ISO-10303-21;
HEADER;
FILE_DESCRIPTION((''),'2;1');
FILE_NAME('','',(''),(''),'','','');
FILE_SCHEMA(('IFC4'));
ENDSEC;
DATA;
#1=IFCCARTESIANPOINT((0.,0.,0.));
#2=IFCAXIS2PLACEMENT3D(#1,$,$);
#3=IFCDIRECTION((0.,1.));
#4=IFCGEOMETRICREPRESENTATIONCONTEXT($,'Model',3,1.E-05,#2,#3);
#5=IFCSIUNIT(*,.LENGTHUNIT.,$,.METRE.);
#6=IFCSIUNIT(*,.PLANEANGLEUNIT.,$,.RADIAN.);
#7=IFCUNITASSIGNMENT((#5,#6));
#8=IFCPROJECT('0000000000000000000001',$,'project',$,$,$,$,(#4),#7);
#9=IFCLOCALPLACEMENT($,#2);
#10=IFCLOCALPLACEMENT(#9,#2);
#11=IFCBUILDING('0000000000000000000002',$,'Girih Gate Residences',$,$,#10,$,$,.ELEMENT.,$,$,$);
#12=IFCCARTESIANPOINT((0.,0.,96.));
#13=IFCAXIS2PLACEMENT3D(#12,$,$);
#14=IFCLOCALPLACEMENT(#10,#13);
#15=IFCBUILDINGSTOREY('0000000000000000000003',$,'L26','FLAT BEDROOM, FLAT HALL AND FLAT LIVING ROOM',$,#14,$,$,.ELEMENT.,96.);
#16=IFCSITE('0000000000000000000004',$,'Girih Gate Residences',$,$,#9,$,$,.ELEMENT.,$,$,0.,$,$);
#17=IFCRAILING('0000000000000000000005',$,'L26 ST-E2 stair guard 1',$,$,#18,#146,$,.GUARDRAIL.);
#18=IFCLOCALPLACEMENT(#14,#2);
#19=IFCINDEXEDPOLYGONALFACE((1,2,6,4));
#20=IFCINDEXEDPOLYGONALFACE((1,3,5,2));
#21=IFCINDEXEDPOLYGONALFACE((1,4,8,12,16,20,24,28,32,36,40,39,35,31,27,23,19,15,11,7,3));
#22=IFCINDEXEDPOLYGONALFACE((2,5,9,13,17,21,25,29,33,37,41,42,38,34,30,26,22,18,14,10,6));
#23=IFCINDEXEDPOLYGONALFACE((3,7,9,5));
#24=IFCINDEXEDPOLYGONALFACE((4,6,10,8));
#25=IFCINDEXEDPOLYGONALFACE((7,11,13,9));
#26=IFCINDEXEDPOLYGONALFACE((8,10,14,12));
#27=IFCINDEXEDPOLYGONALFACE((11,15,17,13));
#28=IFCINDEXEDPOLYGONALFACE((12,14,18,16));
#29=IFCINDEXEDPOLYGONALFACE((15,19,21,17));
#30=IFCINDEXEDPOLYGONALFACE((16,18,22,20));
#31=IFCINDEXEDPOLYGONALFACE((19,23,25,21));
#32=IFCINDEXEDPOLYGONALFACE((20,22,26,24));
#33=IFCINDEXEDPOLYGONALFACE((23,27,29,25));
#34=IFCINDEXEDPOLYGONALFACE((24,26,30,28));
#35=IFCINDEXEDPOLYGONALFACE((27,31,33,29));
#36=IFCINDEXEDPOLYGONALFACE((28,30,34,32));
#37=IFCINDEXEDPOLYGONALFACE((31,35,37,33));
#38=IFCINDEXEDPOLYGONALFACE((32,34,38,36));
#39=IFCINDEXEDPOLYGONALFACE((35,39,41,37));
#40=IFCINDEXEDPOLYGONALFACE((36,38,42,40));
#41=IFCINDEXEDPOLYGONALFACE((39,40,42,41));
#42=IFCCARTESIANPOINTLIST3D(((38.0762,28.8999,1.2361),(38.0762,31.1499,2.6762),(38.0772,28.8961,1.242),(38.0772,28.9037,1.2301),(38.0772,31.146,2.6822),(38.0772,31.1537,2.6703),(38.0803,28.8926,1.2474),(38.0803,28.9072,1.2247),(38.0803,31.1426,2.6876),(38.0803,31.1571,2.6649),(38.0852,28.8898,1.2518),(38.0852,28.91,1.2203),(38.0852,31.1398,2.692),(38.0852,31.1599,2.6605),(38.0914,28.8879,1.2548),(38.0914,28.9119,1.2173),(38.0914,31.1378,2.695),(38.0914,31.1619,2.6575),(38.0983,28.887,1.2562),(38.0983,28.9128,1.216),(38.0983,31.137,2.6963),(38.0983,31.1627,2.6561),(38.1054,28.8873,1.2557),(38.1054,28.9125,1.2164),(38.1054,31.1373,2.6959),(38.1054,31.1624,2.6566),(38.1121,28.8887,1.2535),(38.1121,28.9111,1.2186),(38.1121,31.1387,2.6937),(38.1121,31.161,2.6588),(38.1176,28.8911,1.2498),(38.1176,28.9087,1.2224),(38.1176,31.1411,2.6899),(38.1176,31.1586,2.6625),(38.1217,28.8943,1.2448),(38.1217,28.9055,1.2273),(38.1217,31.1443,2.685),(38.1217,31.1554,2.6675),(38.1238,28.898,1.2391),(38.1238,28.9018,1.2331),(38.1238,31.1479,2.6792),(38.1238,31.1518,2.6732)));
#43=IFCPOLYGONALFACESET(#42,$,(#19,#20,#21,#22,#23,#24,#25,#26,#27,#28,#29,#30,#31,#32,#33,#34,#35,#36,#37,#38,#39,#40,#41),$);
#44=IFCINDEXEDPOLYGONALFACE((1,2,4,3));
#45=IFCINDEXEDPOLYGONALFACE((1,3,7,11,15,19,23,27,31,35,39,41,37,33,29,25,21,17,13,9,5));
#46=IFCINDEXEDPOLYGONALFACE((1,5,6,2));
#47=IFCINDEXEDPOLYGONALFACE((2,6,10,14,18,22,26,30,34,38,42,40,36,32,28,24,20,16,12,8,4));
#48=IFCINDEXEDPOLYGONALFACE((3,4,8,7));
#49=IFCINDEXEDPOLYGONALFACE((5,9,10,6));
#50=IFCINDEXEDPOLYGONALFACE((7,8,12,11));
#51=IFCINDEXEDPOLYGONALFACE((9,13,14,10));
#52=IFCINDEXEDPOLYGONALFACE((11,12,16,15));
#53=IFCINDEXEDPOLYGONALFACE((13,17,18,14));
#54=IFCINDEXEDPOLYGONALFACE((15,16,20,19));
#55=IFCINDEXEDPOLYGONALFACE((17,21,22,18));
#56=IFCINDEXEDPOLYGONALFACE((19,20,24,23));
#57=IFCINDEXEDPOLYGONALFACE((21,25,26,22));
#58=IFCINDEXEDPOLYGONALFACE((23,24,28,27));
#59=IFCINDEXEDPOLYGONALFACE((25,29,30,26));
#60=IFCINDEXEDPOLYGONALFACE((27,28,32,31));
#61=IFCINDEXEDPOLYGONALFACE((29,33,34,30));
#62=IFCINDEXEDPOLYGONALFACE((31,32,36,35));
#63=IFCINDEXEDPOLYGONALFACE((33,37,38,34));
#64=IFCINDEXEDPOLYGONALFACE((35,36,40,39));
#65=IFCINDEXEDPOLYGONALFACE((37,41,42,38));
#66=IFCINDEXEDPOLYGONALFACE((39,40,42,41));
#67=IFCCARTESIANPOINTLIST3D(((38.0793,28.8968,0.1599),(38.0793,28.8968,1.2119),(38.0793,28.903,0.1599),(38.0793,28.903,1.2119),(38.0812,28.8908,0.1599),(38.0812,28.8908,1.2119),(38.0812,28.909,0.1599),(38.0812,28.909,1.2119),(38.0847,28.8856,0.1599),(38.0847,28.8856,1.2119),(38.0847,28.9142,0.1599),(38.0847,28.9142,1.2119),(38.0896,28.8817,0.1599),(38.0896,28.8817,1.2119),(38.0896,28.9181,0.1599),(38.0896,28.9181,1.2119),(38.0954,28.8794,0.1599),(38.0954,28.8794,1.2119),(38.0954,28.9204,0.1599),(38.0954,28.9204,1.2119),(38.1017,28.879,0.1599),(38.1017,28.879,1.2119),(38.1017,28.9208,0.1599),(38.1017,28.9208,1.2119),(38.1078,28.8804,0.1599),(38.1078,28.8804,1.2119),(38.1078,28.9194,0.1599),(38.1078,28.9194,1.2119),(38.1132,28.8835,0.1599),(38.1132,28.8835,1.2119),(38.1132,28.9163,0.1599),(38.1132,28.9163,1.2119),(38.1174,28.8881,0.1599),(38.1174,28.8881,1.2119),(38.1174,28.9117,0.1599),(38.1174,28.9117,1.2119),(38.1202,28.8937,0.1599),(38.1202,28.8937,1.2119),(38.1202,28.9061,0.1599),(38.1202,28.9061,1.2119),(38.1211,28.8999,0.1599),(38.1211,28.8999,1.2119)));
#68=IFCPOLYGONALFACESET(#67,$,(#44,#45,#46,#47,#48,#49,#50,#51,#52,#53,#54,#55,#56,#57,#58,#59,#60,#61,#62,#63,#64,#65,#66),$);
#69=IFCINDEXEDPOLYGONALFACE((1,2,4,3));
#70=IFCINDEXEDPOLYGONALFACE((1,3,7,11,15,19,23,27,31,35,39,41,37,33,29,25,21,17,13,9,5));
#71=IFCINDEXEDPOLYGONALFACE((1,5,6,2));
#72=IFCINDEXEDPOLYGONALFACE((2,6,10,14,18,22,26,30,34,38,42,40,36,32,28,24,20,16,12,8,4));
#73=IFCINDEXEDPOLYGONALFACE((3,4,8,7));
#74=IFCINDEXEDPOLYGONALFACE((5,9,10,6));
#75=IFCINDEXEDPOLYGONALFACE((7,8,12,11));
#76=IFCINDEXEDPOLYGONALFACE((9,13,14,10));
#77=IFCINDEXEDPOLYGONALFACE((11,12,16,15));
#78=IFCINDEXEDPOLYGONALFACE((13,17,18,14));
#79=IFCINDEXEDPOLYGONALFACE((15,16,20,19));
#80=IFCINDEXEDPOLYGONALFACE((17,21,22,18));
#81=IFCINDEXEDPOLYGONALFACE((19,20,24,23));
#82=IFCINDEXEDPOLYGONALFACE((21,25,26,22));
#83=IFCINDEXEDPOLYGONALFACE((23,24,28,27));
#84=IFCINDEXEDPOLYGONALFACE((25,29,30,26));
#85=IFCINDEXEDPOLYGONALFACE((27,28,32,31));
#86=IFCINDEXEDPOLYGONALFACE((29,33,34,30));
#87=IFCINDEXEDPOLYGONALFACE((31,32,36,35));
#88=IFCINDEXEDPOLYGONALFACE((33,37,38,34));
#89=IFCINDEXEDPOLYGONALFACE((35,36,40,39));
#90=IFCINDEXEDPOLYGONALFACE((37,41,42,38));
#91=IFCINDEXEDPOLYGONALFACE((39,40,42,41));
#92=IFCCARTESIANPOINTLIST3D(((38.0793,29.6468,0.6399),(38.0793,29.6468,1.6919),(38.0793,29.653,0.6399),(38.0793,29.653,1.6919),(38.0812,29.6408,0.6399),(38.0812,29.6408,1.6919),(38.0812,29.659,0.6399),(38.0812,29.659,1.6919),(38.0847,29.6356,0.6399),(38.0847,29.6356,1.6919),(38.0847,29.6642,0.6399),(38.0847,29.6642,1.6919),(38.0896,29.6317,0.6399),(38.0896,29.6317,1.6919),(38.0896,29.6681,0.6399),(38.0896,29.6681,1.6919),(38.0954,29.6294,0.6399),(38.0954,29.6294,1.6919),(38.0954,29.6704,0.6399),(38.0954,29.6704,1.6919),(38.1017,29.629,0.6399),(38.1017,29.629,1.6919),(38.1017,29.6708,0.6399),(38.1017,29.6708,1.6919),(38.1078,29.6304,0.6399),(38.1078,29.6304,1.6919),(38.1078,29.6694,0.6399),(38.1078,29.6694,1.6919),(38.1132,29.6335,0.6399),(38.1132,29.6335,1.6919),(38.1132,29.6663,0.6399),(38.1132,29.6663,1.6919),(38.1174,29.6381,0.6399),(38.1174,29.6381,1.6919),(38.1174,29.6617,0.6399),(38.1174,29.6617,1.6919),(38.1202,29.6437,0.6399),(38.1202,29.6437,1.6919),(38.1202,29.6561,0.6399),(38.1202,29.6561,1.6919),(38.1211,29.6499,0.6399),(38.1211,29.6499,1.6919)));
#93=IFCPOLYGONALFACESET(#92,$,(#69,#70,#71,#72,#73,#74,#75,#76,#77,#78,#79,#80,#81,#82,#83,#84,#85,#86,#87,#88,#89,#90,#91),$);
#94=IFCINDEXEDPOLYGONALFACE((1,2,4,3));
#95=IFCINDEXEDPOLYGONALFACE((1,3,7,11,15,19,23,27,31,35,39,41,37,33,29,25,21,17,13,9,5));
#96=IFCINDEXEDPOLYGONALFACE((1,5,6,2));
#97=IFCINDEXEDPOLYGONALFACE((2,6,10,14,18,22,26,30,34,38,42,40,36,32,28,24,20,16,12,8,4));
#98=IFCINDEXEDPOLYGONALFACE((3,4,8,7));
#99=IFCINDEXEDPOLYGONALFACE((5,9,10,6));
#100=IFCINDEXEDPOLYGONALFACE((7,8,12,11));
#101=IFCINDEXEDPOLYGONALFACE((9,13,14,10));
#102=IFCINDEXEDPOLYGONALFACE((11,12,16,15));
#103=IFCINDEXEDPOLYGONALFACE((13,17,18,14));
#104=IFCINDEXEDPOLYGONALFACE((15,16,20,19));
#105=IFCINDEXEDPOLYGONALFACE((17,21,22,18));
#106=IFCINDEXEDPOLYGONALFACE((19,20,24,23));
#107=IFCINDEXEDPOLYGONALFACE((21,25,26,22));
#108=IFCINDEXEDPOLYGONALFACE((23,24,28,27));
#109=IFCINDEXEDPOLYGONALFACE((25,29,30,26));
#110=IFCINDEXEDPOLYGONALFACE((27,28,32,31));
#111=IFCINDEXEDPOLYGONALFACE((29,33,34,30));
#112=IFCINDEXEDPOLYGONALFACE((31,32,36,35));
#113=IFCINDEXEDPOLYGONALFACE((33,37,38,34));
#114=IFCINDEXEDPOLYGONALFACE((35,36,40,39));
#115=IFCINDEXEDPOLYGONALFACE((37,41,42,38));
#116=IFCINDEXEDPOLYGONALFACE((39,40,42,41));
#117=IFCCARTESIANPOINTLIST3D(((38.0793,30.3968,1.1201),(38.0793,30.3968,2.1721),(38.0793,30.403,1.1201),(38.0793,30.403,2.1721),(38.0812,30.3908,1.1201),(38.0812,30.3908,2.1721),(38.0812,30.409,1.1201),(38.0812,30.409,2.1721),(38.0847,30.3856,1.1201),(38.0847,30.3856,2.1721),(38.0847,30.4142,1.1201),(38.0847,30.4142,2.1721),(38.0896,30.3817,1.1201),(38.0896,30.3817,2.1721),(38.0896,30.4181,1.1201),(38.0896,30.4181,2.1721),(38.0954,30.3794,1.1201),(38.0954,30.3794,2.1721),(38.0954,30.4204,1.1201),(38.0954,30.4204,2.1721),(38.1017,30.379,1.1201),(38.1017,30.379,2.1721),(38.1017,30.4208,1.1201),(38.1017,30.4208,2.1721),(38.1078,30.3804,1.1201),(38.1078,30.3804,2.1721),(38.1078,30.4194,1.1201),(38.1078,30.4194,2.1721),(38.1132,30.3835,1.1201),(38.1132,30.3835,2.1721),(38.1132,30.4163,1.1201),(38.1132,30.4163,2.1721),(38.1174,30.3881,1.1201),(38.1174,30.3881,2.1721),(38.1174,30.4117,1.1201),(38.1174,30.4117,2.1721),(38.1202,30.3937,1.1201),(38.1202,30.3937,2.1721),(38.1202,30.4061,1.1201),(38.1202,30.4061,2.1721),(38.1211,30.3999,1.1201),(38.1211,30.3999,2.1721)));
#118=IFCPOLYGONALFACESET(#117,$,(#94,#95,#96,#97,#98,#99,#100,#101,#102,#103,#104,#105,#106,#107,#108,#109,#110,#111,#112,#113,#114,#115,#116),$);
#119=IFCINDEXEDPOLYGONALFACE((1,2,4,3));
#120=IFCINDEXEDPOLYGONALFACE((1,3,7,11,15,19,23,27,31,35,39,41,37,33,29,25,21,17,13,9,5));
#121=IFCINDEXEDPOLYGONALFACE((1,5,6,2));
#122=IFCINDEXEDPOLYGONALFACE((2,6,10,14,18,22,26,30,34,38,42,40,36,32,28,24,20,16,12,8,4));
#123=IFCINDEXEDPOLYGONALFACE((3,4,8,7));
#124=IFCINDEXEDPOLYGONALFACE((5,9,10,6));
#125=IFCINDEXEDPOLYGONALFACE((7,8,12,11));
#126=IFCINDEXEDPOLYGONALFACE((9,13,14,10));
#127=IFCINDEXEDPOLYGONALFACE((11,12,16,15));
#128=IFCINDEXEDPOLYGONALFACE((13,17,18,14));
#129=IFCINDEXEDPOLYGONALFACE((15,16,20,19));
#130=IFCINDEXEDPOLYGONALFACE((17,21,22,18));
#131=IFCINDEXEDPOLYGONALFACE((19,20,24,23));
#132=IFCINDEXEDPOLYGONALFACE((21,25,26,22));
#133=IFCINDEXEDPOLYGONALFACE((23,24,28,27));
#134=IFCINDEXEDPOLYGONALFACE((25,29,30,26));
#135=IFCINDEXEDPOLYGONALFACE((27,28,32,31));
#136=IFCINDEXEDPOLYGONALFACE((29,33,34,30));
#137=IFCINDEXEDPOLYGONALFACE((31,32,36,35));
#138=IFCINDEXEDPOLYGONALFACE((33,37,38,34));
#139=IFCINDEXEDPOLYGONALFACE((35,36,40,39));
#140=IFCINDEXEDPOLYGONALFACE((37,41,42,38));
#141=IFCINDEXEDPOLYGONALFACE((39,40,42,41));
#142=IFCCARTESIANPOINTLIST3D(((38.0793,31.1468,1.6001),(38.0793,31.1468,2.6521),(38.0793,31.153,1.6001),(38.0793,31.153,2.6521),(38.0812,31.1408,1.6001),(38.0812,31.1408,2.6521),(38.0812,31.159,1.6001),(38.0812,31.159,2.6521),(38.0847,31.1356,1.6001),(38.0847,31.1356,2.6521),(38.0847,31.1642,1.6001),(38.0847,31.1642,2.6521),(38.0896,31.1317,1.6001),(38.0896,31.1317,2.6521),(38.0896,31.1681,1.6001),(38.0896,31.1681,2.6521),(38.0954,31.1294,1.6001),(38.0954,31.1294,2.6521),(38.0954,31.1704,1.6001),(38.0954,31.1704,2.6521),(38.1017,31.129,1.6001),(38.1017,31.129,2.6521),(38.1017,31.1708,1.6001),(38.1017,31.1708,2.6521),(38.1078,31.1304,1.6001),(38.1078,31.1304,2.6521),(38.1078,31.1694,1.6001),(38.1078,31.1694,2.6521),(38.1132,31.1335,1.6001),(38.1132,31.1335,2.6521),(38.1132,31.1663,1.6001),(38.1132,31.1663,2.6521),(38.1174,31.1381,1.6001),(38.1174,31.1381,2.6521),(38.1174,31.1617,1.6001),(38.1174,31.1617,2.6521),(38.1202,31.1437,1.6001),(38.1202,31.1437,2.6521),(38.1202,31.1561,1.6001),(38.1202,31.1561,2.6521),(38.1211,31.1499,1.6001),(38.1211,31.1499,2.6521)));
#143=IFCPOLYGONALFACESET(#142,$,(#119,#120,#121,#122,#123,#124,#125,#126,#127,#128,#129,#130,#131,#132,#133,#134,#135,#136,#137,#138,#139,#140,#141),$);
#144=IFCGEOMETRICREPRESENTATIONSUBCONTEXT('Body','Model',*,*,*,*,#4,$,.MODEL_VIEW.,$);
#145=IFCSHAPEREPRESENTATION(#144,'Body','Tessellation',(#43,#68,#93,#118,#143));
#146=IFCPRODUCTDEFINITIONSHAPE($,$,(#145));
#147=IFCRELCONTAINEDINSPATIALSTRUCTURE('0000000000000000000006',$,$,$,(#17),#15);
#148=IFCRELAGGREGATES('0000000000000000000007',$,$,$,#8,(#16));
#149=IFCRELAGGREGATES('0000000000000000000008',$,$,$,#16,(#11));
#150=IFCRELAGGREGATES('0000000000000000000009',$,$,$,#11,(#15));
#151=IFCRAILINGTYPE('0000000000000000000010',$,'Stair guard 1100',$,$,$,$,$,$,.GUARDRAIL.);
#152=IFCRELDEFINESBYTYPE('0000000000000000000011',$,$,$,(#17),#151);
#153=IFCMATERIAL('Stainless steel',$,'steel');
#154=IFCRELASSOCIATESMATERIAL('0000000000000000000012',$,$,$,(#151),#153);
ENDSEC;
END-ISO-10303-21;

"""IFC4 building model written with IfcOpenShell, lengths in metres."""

from ifc_helpers import new_model, si_unit, direction, frame, origin, origin_2d, place, context, subcontext, project, spatial, circle, extrude, material, type_object, element, save


model = new_model("IFC4")

# Units and contexts
model_context = context("Model", 3, precision=1e-05, world=origin(), true_north=direction((0.0, 1.0)))
body_context = subcontext(model_context, "Body", "Model", "MODEL_VIEW")
ifc_project = project(units=[si_unit("LENGTHUNIT", "METRE"), si_unit("PLANEANGLEUNIT", "RADIAN")], contexts=[model_context])

# Site, building, storey
site_placement = place(None, origin())
site = spatial("IfcSite", under=ifc_project, at=site_placement, Name="Girih Gate Residences", CompositionType="ELEMENT", RefElevation=0.0)
building_placement = place(site_placement, origin())
building = spatial("IfcBuilding", under=site, at=building_placement, Name="Girih Gate Residences", CompositionType="ELEMENT")
storey_placement = place(building_placement, frame((0.0, 0.0, 96.0)))
storey = spatial("IfcBuildingStorey", under=building, at=storey_placement, Name="L26", Description="FLAT BEDROOM, FLAT HALL AND FLAT LIVING ROOM", CompositionType="ELEMENT", Elevation=96.0)

# Shared definitions
ifc_material_1 = material(Name="Stainless steel", Category="steel")

# Railing
railing_type_1 = type_object("IfcRailingType", Name="Stair guard 1100", PredefinedType="GUARDRAIL", material=ifc_material_1)
railing_1_placement = place(storey_placement, frame((38.1001, 28.8999, 0.1599)))
element("IfcRailing", 1, at=railing_1_placement, inside=storey, type_object=railing_type_1, Name="L26 ST-E2 stair guard 1", PredefinedType="GUARDRAIL", context=body_context, shape_type="SweptSolid", body=[
    extrude(circle(Radius=0.0239, at=origin_2d()), frame((0.0, 0.0, 1.0762), z_axis=(0.0, 0.84224, 0.539103), x_axis=(-1.0, 0.0, 0.0)), (0.0, 0.0, 1.0), 2.6714),
    extrude(circle(Radius=0.021, at=origin_2d()), origin(), (0.0, 0.0, 1.0), 1.052),
    extrude(circle(Radius=0.021, at=origin_2d()), frame((0.0, 0.75, 0.48)), (0.0, 0.0, 1.0), 1.052),
    extrude(circle(Radius=0.021, at=origin_2d()), frame((0.0, 1.5, 0.9602)), (0.0, 0.0, 1.0), 1.052),
    extrude(circle(Radius=0.021, at=origin_2d()), frame((0.0, 2.25, 1.4402)), (0.0, 0.0, 1.0), 1.052),
])

save(model, "model.ifc")
